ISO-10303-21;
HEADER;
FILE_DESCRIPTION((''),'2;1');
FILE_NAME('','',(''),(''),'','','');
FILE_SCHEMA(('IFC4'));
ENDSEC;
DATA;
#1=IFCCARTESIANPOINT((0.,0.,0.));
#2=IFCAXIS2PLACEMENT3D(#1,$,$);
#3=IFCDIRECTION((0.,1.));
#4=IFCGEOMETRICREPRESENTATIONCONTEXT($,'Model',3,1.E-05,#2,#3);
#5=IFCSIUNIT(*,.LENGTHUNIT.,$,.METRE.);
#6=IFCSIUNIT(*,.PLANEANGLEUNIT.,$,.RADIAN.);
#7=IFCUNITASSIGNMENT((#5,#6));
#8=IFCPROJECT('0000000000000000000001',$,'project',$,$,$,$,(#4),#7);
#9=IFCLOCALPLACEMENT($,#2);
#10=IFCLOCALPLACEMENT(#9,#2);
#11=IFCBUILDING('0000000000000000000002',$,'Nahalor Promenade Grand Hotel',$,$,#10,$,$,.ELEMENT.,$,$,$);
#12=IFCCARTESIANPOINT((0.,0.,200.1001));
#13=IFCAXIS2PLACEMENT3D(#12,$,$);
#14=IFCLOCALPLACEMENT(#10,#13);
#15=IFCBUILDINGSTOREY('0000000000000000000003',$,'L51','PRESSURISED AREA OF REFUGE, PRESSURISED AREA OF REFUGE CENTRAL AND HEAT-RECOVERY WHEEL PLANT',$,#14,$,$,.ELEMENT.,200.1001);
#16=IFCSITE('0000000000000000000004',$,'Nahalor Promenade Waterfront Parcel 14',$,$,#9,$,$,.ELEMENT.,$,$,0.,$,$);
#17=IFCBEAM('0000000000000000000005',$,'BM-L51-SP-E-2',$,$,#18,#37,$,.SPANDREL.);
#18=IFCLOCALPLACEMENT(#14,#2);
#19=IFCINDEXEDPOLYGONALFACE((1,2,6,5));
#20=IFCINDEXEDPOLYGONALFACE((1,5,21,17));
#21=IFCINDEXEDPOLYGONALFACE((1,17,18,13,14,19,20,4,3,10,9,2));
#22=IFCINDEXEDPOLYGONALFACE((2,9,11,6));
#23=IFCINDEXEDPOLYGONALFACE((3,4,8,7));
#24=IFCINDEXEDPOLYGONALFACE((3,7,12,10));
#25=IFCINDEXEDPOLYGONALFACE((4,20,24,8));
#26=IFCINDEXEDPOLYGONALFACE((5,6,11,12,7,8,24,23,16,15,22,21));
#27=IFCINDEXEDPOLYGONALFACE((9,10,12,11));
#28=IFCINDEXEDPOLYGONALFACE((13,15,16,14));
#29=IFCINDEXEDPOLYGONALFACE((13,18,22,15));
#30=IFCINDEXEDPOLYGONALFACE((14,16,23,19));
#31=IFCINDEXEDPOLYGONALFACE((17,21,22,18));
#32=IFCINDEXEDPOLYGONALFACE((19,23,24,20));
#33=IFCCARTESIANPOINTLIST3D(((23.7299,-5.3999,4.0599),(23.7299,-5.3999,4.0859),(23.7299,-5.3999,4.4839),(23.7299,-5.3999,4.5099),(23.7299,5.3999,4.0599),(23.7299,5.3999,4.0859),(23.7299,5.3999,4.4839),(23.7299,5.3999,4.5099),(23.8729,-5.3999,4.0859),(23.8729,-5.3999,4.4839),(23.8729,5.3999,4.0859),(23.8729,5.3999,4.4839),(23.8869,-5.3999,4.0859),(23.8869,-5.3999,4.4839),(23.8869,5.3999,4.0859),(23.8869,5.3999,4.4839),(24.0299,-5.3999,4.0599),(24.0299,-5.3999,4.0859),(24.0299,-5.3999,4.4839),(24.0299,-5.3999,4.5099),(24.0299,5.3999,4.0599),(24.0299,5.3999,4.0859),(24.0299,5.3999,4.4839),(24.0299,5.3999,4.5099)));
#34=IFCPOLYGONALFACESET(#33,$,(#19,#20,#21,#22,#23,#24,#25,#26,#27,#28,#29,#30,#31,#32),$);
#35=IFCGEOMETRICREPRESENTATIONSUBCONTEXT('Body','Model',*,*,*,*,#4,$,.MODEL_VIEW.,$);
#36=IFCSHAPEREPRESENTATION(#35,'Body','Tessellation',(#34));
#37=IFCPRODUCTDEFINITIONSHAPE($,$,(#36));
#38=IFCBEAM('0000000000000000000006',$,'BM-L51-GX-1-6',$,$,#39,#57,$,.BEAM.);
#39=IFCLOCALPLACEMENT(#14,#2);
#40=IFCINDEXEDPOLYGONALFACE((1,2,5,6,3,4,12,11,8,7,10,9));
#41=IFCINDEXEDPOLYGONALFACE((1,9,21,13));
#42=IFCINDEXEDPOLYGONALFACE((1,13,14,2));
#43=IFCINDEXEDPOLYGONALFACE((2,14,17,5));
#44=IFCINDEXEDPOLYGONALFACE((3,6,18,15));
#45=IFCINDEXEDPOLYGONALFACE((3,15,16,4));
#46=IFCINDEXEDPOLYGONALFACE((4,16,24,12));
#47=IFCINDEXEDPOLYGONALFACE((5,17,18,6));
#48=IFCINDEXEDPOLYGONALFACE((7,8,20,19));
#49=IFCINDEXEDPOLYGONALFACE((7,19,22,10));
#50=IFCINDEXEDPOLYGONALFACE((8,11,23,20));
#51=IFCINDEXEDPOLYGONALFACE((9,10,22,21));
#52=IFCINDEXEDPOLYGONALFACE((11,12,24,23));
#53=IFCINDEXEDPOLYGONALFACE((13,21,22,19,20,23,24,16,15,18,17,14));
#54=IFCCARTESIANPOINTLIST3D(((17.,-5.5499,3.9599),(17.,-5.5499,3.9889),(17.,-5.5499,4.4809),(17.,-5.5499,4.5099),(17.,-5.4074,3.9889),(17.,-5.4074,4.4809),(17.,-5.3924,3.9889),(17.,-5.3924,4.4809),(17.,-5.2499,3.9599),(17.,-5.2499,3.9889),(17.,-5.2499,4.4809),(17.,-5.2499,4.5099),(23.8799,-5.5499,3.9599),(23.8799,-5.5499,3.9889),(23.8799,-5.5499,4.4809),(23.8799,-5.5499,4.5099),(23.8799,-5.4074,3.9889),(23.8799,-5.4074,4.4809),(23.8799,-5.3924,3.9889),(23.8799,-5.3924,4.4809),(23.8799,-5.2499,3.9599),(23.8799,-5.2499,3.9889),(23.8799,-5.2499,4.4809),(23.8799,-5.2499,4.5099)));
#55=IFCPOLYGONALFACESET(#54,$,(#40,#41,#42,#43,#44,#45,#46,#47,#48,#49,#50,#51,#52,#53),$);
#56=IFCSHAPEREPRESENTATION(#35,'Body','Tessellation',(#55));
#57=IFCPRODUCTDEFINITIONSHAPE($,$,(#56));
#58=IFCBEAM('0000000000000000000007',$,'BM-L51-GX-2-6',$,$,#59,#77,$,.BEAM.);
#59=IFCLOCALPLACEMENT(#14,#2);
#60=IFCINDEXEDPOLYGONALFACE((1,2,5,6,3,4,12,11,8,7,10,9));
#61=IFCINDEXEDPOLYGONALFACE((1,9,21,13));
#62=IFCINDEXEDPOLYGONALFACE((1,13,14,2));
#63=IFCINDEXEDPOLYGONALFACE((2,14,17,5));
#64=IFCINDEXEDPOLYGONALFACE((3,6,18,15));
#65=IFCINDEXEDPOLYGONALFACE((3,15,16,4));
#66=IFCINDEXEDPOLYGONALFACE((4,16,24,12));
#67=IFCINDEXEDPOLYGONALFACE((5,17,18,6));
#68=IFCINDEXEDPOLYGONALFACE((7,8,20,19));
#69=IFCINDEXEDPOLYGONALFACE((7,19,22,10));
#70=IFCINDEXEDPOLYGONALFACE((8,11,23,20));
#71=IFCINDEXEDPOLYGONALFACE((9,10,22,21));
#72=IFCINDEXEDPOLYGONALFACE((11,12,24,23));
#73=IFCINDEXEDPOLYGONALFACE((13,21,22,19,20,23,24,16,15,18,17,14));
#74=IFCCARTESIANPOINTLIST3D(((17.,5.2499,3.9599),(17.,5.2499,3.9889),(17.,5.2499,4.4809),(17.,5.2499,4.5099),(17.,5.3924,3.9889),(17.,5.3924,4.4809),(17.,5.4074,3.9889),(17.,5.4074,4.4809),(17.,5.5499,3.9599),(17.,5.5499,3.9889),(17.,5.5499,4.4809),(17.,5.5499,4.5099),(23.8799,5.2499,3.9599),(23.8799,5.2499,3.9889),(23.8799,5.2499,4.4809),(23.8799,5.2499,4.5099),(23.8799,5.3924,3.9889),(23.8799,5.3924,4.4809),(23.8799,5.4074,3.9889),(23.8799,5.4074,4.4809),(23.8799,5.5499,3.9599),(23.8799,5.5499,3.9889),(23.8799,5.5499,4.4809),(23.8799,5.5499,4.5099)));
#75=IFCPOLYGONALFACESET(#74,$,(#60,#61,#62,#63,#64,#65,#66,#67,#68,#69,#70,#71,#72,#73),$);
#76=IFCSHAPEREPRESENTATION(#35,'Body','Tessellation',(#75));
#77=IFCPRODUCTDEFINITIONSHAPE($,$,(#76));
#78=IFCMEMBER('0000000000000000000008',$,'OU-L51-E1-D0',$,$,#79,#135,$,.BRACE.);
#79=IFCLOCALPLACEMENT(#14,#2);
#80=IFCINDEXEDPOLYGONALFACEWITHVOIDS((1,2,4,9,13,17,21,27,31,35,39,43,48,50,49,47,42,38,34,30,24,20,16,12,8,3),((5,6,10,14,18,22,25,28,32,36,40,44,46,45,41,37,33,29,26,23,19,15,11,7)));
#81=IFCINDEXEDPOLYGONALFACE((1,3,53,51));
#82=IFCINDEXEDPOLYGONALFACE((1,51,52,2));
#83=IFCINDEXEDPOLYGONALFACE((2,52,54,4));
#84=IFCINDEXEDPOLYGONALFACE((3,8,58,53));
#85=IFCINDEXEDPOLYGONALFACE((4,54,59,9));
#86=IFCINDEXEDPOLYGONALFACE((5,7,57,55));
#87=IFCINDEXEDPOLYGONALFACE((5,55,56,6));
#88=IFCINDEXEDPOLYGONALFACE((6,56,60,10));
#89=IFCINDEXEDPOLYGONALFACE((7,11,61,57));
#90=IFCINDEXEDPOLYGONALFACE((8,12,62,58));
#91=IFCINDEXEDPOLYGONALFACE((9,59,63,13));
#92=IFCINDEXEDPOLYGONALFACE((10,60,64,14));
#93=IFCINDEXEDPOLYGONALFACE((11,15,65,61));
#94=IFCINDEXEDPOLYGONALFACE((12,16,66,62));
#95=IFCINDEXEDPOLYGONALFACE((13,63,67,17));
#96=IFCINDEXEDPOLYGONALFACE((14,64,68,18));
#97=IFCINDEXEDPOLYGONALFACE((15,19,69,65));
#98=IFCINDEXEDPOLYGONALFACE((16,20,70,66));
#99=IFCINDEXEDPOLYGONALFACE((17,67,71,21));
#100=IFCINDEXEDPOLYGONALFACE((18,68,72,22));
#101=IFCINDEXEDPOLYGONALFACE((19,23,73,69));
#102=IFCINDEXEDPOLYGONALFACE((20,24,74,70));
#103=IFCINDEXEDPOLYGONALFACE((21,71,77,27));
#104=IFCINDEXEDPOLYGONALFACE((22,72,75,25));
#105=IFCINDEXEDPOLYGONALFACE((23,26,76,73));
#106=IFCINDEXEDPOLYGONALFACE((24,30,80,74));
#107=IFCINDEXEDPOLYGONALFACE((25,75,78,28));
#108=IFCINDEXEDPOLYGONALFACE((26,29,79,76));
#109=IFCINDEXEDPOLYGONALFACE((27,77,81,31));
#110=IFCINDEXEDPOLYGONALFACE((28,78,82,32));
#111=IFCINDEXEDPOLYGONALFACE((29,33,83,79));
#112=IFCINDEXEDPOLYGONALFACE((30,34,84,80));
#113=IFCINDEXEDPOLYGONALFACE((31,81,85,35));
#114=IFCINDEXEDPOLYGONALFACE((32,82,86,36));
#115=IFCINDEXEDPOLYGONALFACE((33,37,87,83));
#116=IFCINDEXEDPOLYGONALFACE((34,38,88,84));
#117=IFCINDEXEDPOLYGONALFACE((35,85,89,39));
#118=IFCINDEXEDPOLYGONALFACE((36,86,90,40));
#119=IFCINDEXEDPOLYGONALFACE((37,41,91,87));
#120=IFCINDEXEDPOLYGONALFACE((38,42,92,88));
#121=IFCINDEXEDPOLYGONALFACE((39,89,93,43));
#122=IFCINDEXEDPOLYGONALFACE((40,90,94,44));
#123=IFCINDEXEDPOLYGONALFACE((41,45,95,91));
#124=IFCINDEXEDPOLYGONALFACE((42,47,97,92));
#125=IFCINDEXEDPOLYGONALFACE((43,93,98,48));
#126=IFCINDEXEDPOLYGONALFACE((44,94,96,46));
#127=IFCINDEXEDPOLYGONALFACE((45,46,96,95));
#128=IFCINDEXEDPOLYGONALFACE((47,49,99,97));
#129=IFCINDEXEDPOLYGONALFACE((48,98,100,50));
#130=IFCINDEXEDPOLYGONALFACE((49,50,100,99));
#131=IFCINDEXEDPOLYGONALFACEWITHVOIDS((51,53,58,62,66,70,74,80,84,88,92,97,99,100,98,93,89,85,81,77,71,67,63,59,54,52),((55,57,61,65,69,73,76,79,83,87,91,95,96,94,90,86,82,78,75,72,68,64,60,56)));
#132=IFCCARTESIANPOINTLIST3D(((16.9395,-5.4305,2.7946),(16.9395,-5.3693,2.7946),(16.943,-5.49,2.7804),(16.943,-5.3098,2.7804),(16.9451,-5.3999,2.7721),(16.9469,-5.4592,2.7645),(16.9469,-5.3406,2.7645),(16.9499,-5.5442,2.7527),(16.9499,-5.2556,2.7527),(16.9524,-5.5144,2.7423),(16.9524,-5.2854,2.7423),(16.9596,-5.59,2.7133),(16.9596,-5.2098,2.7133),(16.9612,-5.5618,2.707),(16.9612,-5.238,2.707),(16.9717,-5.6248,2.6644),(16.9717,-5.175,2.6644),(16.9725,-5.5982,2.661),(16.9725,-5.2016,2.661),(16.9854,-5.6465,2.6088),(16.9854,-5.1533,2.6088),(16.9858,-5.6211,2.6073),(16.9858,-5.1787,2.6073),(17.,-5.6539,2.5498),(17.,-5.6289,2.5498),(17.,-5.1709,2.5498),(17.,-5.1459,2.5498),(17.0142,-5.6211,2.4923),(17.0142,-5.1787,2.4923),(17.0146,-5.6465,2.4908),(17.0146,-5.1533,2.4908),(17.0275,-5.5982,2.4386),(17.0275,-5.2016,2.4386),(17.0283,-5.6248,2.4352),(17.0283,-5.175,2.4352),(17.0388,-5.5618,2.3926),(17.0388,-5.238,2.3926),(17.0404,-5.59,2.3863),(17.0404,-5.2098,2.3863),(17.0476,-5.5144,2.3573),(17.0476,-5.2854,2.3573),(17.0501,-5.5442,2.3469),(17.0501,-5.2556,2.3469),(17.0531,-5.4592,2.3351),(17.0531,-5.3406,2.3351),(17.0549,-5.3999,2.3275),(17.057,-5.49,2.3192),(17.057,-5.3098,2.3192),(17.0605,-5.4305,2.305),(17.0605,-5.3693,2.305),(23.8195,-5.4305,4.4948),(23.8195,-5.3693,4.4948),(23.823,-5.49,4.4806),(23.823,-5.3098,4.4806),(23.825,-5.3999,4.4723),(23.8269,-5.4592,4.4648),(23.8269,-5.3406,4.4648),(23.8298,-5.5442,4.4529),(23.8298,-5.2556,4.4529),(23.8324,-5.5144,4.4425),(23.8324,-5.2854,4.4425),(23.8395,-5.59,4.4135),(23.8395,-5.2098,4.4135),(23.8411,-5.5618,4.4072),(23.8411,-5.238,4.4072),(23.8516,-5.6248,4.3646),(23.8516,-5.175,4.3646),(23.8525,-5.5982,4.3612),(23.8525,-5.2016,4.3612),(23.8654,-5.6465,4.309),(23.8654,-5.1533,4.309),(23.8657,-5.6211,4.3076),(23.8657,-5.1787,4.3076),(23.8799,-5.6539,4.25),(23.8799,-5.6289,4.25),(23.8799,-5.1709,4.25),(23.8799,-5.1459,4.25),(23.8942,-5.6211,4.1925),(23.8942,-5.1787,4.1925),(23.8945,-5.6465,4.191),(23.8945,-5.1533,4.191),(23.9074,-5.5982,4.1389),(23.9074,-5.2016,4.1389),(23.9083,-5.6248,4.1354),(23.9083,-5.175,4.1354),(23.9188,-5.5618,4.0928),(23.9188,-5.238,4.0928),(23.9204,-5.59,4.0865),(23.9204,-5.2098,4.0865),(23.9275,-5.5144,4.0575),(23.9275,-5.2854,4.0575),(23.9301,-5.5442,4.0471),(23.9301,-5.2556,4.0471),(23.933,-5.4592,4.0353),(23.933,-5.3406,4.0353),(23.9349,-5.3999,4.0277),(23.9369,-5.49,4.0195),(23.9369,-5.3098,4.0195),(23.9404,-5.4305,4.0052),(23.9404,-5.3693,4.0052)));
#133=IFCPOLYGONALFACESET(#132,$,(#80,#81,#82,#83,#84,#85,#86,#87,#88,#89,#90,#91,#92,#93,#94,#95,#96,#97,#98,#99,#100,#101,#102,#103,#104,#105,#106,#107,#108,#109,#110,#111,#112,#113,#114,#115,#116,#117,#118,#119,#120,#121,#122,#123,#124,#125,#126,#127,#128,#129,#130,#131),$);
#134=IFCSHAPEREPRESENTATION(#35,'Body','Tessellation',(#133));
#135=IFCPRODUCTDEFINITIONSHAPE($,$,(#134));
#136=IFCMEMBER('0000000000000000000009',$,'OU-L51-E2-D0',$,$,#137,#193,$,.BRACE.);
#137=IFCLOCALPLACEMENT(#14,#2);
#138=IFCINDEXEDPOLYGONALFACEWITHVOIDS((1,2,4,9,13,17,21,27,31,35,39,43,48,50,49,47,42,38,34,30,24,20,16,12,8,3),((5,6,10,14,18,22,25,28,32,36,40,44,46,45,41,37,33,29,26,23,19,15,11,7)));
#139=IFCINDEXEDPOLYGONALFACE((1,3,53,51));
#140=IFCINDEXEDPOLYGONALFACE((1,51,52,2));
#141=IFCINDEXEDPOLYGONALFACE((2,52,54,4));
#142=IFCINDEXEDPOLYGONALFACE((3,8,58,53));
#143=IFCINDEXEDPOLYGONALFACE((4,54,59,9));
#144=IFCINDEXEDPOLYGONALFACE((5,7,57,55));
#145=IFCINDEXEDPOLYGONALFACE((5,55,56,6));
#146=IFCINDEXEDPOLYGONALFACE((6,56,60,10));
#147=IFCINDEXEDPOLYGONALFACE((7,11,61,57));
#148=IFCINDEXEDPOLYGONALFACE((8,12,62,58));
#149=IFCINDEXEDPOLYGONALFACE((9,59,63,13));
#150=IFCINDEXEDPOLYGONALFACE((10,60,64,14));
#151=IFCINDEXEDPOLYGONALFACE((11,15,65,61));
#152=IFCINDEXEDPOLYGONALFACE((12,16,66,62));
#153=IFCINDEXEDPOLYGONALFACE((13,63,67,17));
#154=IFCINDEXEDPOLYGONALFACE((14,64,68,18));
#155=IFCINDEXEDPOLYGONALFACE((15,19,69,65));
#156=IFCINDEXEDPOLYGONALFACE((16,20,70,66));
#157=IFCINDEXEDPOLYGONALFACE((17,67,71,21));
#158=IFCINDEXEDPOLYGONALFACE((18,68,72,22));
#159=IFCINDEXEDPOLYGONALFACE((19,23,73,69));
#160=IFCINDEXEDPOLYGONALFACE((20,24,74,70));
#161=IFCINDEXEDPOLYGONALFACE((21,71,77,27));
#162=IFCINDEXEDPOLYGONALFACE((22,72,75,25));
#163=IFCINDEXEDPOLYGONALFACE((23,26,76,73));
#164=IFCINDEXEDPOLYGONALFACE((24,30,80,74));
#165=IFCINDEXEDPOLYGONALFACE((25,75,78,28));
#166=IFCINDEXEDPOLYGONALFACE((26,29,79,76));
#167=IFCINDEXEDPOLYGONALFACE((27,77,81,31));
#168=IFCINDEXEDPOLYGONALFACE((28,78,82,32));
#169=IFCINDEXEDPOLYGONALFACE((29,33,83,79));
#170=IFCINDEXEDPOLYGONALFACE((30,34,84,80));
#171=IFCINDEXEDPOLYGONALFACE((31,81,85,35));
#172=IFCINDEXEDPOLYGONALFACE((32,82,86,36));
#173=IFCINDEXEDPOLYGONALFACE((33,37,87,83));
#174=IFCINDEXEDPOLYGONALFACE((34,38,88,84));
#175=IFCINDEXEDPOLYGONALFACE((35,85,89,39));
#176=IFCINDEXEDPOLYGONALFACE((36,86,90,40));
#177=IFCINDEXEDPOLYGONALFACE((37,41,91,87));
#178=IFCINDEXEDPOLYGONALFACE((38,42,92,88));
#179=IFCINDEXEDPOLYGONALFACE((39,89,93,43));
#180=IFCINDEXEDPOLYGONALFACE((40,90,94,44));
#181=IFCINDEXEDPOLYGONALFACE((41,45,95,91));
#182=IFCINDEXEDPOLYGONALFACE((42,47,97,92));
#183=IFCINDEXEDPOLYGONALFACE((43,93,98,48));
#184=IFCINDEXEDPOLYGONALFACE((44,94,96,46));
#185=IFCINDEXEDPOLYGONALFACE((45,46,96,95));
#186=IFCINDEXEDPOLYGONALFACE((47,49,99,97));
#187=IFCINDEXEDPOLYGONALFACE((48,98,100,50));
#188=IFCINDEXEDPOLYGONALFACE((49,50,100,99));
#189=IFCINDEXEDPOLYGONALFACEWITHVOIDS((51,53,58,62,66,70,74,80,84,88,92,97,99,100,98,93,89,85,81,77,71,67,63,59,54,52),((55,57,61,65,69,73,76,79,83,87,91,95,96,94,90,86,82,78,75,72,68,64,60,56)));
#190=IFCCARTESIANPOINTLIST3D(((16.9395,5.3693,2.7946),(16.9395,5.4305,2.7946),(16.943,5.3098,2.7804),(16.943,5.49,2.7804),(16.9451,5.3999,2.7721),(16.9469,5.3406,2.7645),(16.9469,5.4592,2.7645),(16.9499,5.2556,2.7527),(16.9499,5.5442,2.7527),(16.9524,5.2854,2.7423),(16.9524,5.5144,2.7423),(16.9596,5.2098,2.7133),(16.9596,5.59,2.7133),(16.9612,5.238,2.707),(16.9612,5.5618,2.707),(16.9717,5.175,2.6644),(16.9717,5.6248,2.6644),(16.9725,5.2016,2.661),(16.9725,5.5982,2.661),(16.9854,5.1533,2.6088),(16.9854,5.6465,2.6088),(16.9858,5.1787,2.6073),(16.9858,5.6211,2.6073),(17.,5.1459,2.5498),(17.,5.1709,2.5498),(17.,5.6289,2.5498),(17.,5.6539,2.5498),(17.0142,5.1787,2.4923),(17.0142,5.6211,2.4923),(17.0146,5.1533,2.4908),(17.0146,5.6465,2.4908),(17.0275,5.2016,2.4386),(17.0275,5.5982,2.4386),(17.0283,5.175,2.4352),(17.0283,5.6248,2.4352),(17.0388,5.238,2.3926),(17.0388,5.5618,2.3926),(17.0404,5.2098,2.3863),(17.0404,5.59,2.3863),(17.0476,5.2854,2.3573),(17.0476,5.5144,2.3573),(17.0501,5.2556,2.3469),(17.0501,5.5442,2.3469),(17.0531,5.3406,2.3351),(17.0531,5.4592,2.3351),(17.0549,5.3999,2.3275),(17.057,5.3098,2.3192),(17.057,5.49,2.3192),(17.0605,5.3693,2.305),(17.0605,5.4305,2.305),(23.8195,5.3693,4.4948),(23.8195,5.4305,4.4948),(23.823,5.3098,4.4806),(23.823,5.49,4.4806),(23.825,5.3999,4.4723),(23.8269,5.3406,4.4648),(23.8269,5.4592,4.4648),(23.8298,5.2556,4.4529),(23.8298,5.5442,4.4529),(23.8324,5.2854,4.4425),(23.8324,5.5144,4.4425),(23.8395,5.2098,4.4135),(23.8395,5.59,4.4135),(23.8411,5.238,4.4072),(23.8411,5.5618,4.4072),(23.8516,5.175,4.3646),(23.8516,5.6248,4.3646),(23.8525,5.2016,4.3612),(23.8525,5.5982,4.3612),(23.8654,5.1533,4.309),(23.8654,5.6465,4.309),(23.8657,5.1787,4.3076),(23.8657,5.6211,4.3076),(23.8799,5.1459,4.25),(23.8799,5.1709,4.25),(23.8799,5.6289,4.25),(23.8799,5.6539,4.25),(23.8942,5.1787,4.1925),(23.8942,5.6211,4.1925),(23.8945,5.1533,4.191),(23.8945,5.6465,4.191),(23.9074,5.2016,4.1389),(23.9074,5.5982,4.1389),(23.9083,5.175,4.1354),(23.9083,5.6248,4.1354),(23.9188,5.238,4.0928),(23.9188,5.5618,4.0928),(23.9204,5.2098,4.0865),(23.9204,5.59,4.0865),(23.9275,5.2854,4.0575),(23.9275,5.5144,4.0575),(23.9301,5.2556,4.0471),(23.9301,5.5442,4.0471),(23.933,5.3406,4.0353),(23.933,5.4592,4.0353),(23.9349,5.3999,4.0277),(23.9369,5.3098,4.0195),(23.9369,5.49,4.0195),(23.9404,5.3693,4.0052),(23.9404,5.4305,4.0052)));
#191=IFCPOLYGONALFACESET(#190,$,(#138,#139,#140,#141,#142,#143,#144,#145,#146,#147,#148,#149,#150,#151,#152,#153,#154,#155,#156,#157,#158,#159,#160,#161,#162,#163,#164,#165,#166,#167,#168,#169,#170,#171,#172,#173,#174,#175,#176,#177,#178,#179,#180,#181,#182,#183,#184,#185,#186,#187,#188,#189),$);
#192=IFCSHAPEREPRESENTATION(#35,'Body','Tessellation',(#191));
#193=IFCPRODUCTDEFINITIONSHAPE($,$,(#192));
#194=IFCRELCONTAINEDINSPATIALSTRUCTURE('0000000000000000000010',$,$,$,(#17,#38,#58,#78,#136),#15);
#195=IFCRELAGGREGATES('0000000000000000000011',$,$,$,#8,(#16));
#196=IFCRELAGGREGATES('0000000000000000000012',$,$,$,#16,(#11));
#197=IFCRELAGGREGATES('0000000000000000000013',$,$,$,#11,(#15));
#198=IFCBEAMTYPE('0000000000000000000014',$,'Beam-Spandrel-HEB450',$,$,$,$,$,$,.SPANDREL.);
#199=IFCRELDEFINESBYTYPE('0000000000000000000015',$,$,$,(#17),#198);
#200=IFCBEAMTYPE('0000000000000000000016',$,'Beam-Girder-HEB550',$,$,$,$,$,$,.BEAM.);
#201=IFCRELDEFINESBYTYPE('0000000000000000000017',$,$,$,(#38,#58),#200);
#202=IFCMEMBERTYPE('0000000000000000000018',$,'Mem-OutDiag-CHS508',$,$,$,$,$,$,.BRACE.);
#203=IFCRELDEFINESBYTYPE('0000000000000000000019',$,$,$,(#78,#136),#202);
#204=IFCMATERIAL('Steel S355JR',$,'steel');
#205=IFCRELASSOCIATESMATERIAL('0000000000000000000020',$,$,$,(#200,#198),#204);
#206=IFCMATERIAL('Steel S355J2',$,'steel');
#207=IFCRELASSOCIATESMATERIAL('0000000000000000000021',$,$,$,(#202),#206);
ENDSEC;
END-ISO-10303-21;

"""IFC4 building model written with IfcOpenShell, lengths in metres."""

from ifc_helpers import new_model, si_unit, direction, frame, origin, origin_2d, place, context, subcontext, project, spatial, hollow_circle, i_section, extrude, source, transform, mapped, material, material_profile, profile_set, type_object, element, save


model = new_model("IFC4")

# Units and contexts
model_context = context("Model", 3, precision=1e-05, world=origin(), true_north=direction((0.0, 1.0)))
body_context = subcontext(model_context, "Body", "Model", "MODEL_VIEW")
ifc_project = project(units=[si_unit("LENGTHUNIT", "METRE"), si_unit("PLANEANGLEUNIT", "RADIAN")], contexts=[model_context])

# Site, building, storey
site_placement = place(None, origin())
site = spatial("IfcSite", under=ifc_project, at=site_placement, Name="Nahalor Promenade Waterfront Parcel 14", CompositionType="ELEMENT", RefElevation=0.0)
building_placement = place(site_placement, origin())
building = spatial("IfcBuilding", under=site, at=building_placement, Name="Nahalor Promenade Grand Hotel", CompositionType="ELEMENT")
storey_placement = place(building_placement, frame((0.0, 0.0, 200.1001)))
storey = spatial("IfcBuildingStorey", under=building, at=storey_placement, Name="L51", Description="PRESSURISED AREA OF REFUGE, PRESSURISED AREA OF REFUGE CENTRAL AND HEAT-RECOVERY WHEEL PLANT", CompositionType="ELEMENT", Elevation=200.1001)

# Shared definitions
ifc_material_1 = material(Name="Steel S355J2", Category="steel")

# Beams
ifc_material_2 = material(Name="Steel S355JR", Category="steel")
ifc_material_profile_1 = material_profile(ifc_material_2, i_section(OverallWidth=0.3, OverallDepth=0.55, WebThickness=0.015, FlangeThickness=0.029, at=origin_2d()), Name="HEB 550")
ifc_profile_set_1 = profile_set([ifc_material_profile_1], Name="Steel S355JR")
beam_type_1 = type_object("IfcBeamType", Name="Beam-Girder-HEB550", PredefinedType="BEAM", material=ifc_profile_set_1)
ifc_material_profile_2 = material_profile(ifc_material_2, i_section(OverallWidth=0.3, OverallDepth=0.45, WebThickness=0.014, FlangeThickness=0.026, at=origin_2d()), Name="HEB 450")
ifc_profile_set_2 = profile_set([ifc_material_profile_2], Name="Steel S355JR")
beam_type_2 = type_object("IfcBeamType", Name="Beam-Spandrel-HEB450", PredefinedType="SPANDREL", material=ifc_profile_set_2)
shared_shape_1 = source(origin(), body_context, "Body", "SweptSolid", [
    extrude(i_section(OverallWidth=0.3, OverallDepth=0.45, WebThickness=0.014, FlangeThickness=0.026, at=origin_2d()), origin(), (0.0, 0.0, 1.0), 10.7998),
])
beam_1_placement = place(storey_placement, frame((23.8799, -5.3999, 4.2849), z_axis=(0.0, 1.0, 0.0), x_axis=(-1.0, 0.0, 0.0)))
element("IfcBeam", 1, at=beam_1_placement, inside=storey, type_object=beam_type_2, Name="BM-L51-SP-E-2", PredefinedType="SPANDREL", context=body_context, shape_type="MappedRepresentation", body=[
    mapped(shared_shape_1, transform((0.0, 0.0, 0.0), scale=1.0)),
])
shared_shape_2 = source(origin(), body_context, "Body", "SweptSolid", [
    extrude(i_section(OverallWidth=0.3, OverallDepth=0.55, WebThickness=0.015, FlangeThickness=0.029, at=origin_2d()), origin(), (0.0, 0.0, 1.0), 6.8799),
])
for number, where, z_axis, x_axis, name in (
    (2, (17.0, -5.3999, 4.2349), (1.0, 0.0, 0.0), (0.0, 1.0, 0.0), "BM-L51-GX-1-6"),
    (3, (17.0, 5.3999, 4.2349), (1.0, 0.0, 0.0), (0.0, 1.0, 0.0), "BM-L51-GX-2-6"),
):
    element("IfcBeam", number, at=place(storey_placement, frame(where, z_axis=z_axis, x_axis=x_axis)), inside=storey, type_object=beam_type_1, Name=name, PredefinedType="BEAM", context=body_context, shape_type="MappedRepresentation", body=[
        mapped(shared_shape_2, transform((0.0, 0.0, 0.0), scale=1.0)),
    ])

# Members
ifc_material_profile_3 = material_profile(ifc_material_1, hollow_circle(Radius=0.254, WallThickness=0.025, at=origin_2d()), Name="CHS 508x25")
ifc_profile_set_3 = profile_set([ifc_material_profile_3], Name="Steel S355J2")
member_type_1 = type_object("IfcMemberType", Name="Mem-OutDiag-CHS508", PredefinedType="BRACE", material=ifc_profile_set_3)
shared_shape_3 = source(origin(), body_context, "Body", "SweptSolid", [
    extrude(hollow_circle(Radius=0.254, WallThickness=0.025, at=origin_2d()), origin(), (0.0, 0.0, 1.0), 7.0869),
])
for number, where, z_axis, x_axis, name in (
    (4, (17.0, -5.3999, 2.5498), (0.970796, 0.0, 0.239908), (0.0, 1.0, 0.0), "OU-L51-E1-D0"),
    (5, (17.0, 5.3999, 2.5498), (0.970796, 0.0, 0.239908), (0.0, 1.0, 0.0), "OU-L51-E2-D0"),
):
    element("IfcMember", number, at=place(storey_placement, frame(where, z_axis=z_axis, x_axis=x_axis)), inside=storey, type_object=member_type_1, Name=name, PredefinedType="BRACE", context=body_context, shape_type="MappedRepresentation", body=[
        mapped(shared_shape_3, transform((0.0, 0.0, 0.0), scale=1.0)),
    ])

save(model, "model.ifc")
